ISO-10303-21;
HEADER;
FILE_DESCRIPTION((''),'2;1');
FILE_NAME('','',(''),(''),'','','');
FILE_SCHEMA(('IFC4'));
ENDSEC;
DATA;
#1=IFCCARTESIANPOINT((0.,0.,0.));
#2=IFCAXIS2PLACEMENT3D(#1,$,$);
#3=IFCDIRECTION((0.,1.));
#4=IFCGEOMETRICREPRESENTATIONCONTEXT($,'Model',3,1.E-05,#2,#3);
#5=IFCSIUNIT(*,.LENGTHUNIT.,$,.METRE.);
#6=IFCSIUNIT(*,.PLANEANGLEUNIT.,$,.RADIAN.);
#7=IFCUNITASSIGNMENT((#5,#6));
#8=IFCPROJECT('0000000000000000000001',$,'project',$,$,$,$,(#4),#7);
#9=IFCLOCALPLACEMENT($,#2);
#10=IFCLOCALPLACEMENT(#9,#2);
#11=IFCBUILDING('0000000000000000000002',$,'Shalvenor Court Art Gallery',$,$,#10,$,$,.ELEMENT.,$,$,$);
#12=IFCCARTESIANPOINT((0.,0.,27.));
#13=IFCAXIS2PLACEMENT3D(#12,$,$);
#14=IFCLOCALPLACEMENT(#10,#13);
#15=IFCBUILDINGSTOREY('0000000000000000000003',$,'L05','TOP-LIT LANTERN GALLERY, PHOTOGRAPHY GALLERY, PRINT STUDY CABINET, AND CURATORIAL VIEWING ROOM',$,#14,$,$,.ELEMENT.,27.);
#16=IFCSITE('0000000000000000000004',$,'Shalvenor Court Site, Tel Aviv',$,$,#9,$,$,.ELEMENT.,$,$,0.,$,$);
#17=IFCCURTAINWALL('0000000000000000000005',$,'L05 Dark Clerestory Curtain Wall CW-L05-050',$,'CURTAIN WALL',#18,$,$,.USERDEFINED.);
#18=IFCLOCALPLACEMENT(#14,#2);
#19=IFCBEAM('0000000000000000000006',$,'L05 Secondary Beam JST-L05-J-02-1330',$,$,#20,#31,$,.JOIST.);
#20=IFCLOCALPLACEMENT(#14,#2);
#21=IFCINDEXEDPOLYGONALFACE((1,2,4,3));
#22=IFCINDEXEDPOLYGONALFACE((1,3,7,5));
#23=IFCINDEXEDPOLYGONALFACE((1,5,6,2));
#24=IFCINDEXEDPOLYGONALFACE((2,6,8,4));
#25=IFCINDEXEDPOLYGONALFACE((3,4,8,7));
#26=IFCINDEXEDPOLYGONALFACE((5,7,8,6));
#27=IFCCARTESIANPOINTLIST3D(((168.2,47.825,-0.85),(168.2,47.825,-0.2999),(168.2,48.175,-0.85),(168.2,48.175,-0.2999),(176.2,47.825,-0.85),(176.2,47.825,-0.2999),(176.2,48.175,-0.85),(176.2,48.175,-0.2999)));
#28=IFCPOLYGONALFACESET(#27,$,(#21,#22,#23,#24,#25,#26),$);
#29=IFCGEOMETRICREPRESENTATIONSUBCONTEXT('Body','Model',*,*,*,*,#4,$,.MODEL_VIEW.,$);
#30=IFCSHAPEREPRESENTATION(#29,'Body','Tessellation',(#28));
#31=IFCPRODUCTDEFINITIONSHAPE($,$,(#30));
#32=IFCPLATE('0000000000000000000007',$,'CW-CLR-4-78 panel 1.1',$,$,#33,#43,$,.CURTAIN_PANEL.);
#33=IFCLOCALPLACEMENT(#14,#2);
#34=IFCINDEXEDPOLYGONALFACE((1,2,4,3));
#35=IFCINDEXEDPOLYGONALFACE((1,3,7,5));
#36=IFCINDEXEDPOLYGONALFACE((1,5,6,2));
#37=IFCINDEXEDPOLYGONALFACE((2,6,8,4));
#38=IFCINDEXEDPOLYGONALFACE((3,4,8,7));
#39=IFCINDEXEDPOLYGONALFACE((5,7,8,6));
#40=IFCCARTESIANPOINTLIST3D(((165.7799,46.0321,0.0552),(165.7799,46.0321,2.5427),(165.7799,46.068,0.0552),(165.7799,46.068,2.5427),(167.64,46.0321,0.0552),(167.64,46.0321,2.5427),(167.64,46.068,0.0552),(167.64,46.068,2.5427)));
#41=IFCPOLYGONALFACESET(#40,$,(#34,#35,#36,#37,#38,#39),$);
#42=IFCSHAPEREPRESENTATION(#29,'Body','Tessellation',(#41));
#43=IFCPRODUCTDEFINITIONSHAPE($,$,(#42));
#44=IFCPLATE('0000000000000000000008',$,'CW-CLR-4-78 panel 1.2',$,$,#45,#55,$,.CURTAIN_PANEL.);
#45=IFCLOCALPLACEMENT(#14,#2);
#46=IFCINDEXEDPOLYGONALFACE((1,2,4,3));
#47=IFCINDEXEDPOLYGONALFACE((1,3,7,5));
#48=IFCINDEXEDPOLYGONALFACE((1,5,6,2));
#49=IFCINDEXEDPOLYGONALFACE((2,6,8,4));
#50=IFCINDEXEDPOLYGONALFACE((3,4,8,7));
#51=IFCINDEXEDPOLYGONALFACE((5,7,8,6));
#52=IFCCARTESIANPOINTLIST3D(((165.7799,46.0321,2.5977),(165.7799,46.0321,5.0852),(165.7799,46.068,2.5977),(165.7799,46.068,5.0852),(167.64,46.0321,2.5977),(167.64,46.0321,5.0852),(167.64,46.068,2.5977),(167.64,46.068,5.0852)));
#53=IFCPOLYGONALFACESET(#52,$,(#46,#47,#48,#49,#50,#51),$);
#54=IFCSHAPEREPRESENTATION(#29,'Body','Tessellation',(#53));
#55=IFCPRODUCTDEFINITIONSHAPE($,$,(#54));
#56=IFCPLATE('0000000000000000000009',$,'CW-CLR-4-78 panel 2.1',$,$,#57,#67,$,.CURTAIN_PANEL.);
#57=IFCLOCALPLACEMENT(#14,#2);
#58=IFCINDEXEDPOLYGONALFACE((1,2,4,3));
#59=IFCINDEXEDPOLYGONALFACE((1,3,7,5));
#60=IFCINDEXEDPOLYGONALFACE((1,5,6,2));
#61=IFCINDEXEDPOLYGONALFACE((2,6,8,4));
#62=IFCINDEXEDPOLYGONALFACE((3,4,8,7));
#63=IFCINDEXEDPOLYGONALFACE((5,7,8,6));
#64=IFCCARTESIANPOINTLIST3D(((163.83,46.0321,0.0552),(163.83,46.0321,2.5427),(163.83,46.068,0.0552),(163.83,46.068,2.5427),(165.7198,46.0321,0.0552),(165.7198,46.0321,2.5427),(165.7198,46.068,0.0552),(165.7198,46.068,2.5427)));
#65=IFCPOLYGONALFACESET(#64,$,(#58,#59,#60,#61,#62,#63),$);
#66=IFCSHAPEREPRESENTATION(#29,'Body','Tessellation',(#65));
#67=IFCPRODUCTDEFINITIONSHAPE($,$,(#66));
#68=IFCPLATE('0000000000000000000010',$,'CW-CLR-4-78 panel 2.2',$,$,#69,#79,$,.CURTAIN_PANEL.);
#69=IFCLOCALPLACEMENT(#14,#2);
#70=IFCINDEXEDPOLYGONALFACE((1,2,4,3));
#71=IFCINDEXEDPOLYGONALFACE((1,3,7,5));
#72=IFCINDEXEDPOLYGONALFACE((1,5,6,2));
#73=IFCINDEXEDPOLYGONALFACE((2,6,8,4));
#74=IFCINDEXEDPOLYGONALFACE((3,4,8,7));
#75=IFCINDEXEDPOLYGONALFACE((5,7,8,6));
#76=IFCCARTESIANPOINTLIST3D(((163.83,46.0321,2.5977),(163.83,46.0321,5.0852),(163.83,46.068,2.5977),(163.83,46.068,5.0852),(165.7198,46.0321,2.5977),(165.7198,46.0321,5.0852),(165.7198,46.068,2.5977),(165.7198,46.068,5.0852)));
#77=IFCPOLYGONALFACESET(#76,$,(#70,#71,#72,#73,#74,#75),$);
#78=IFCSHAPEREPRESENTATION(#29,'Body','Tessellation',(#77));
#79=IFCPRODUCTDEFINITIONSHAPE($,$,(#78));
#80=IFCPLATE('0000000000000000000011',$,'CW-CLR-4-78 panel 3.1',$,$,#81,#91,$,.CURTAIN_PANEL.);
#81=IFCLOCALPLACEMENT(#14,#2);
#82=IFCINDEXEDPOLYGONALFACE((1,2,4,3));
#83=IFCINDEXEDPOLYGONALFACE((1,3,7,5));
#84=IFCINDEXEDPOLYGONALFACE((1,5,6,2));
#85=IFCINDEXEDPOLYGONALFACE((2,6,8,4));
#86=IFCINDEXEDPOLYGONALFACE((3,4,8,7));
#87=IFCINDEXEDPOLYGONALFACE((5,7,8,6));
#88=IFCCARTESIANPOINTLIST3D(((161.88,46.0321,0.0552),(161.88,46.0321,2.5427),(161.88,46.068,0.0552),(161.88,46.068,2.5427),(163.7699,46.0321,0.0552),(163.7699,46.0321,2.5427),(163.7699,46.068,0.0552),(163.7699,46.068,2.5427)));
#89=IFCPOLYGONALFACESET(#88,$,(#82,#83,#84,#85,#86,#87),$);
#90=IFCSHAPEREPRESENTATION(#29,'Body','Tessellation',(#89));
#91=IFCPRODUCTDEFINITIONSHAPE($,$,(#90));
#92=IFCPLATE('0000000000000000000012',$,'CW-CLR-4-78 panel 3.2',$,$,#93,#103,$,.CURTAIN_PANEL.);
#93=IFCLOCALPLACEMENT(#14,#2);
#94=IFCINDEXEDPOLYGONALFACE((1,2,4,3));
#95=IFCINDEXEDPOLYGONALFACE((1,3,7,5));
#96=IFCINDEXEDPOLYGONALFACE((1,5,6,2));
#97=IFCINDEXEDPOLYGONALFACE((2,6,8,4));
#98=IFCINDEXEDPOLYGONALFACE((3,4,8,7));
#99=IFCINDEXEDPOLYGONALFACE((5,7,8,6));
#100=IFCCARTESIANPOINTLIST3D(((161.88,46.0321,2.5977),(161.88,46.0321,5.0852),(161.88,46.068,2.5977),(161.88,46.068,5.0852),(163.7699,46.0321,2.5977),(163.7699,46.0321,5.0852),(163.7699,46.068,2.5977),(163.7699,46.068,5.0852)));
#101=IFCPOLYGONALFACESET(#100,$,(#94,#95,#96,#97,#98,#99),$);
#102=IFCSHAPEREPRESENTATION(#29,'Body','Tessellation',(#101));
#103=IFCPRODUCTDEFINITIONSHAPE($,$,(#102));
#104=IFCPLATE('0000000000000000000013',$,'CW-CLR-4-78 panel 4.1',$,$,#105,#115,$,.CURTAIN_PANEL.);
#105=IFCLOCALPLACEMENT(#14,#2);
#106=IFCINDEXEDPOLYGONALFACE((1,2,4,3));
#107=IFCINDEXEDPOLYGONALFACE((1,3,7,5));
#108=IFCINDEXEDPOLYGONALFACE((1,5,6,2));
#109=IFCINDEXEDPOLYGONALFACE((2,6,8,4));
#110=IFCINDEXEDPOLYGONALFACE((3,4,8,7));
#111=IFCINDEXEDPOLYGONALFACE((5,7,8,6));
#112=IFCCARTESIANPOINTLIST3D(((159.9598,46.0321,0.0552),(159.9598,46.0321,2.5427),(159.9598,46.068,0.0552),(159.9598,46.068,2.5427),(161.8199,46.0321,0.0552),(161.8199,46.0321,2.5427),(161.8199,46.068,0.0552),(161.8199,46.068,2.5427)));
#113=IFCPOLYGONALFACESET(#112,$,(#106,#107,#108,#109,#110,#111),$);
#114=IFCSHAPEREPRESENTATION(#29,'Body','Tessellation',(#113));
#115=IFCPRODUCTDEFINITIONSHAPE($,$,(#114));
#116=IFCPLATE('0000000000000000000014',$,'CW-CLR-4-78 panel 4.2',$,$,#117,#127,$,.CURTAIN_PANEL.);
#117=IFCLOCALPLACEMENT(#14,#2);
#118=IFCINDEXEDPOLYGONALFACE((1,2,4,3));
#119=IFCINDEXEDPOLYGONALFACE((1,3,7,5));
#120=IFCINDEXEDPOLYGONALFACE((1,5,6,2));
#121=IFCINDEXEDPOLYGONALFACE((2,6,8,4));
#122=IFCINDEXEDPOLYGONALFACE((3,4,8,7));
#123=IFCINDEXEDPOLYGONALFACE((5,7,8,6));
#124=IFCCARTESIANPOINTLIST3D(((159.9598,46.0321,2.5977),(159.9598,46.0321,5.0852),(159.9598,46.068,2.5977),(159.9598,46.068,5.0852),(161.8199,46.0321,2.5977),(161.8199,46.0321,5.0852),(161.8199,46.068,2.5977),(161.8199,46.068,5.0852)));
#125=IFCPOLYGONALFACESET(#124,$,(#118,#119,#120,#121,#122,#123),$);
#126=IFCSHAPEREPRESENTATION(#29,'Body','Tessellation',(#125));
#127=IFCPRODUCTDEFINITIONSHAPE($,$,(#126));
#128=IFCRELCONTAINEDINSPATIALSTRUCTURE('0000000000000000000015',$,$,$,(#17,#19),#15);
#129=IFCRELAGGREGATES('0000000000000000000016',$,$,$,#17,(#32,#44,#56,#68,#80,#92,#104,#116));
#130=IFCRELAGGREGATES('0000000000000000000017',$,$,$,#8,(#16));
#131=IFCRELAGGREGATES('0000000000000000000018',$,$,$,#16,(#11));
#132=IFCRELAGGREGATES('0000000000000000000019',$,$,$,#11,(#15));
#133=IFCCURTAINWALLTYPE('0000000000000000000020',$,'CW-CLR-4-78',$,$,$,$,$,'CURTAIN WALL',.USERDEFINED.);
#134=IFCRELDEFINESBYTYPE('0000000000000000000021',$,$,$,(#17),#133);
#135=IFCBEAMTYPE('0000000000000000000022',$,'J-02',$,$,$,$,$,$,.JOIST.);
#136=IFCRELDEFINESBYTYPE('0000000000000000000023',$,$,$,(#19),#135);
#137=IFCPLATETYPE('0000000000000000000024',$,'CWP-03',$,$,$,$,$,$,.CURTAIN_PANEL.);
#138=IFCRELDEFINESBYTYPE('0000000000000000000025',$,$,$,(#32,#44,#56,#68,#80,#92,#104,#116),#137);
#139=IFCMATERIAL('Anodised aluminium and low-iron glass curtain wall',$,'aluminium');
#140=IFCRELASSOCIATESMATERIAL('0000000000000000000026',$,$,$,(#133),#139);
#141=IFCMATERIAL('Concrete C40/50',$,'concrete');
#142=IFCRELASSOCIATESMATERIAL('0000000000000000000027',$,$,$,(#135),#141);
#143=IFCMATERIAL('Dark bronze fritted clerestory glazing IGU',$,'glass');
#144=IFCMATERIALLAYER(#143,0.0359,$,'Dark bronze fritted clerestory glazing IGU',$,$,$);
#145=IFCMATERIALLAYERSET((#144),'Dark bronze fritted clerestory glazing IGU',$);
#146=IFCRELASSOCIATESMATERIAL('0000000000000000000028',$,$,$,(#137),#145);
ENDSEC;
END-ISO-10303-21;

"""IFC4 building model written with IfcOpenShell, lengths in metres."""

from ifc_helpers import new_model, si_unit, direction, frame, origin, origin_2d, place, context, subcontext, project, spatial, rectangle, extrude, material, layer, layer_set, material_profile, profile_set, type_object, element, aggregate, save


model = new_model("IFC4")

# Units and contexts
model_context = context("Model", 3, precision=1e-05, world=origin(), true_north=direction((0.0, 1.0)))
body_context = subcontext(model_context, "Body", "Model", "MODEL_VIEW")
ifc_project = project(units=[si_unit("LENGTHUNIT", "METRE"), si_unit("PLANEANGLEUNIT", "RADIAN")], contexts=[model_context])

# Site, building, storey
site_placement = place(None, origin())
site = spatial("IfcSite", under=ifc_project, at=site_placement, Name="Shalvenor Court Site, Tel Aviv", CompositionType="ELEMENT", RefElevation=0.0)
building_placement = place(site_placement, origin())
building = spatial("IfcBuilding", under=site, at=building_placement, Name="Shalvenor Court Art Gallery", CompositionType="ELEMENT")
storey_placement = place(building_placement, frame((0.0, 0.0, 27.0)))
storey = spatial("IfcBuildingStorey", under=building, at=storey_placement, Name="L05", Description="TOP-LIT LANTERN GALLERY, PHOTOGRAPHY GALLERY, PRINT STUDY CABINET, AND CURATORIAL VIEWING ROOM", CompositionType="ELEMENT", Elevation=27.0)

# Curtain wall
ifc_material_1 = material(Name="Anodised aluminium and low-iron glass curtain wall", Category="aluminium")
curtain_wall_type = type_object("IfcCurtainWallType", Name="CW-CLR-4-78", ElementType="CURTAIN WALL", PredefinedType="USERDEFINED", material=ifc_material_1)
curtain_wall_placement = place(storey_placement, origin())
curtain_wall = element("IfcCurtainWall", 1, at=curtain_wall_placement, inside=storey, type_object=curtain_wall_type, Name="L05 Dark Clerestory Curtain Wall CW-L05-050", ObjectType="CURTAIN WALL", PredefinedType="USERDEFINED")

# Beam
ifc_material_2 = material(Name="Concrete C40/50", Category="concrete")
ifc_material_profile_1 = material_profile(ifc_material_2, rectangle(XDim=0.3501, YDim=0.55, at=origin_2d()), Name="RC 350x550")
ifc_profile_set_1 = profile_set([ifc_material_profile_1], Name="Concrete C40/50")
beam_type_1 = type_object("IfcBeamType", Name="J-02", PredefinedType="JOIST", material=ifc_profile_set_1)
for number, where, z_axis, x_axis, name in (
    (2, (168.2, 48.0, -0.575), (1.0, 0.0, 0.0), (0.0, 1.0, 0.0), "L05 Secondary Beam JST-L05-J-02-1330"),
):
    element("IfcBeam", number, at=place(storey_placement, frame(where, z_axis=z_axis, x_axis=x_axis)), inside=storey, type_object=beam_type_1, Name=name, PredefinedType="JOIST", context=body_context, shape_type="SweptSolid", body=[
        extrude(rectangle(XDim=0.3501, YDim=0.55, at=origin_2d()), origin(), (0.0, 0.0, 1.0), 8.0),
    ])

# Plates
ifc_material_3 = material(Name="Dark bronze fritted clerestory glazing IGU", Category="glass")
ifc_layer = layer(ifc_material_3, 0.0359, Name="Dark bronze fritted clerestory glazing IGU")
ifc_layer_set = layer_set([ifc_layer], Name="Dark bronze fritted clerestory glazing IGU")
plate_type = type_object("IfcPlateType", Name="CWP-03", PredefinedType="CURTAIN_PANEL", material=ifc_layer_set)
plate_1_placement = place(storey_placement, frame((166.71, 46.05, 0.0552), z_axis=(0.0, 0.0, 1.0), x_axis=(-1.0, 0.0, 0.0)))
plate_1 = element("IfcPlate", 3, at=plate_1_placement, type_object=plate_type, Name="CW-CLR-4-78 panel 1.1", PredefinedType="CURTAIN_PANEL", context=body_context, shape_type="SweptSolid", body=[
    extrude(rectangle(XDim=1.8601, YDim=0.0359, at=origin_2d()), origin(), (0.0, 0.0, 1.0), 2.4875),
])
plate_2_placement = place(storey_placement, frame((166.71, 46.05, 2.5977), z_axis=(0.0, 0.0, 1.0), x_axis=(-1.0, 0.0, 0.0)))
plate_2 = element("IfcPlate", 4, at=plate_2_placement, type_object=plate_type, Name="CW-CLR-4-78 panel 1.2", PredefinedType="CURTAIN_PANEL", context=body_context, shape_type="SweptSolid", body=[
    extrude(rectangle(XDim=1.8601, YDim=0.0359, at=origin_2d()), origin(), (0.0, 0.0, 1.0), 2.4875),
])
plate_3_placement = place(storey_placement, frame((164.7749, 46.05, 0.0552), z_axis=(0.0, 0.0, 1.0), x_axis=(-1.0, 0.0, 0.0)))
plate_3 = element("IfcPlate", 5, at=plate_3_placement, type_object=plate_type, Name="CW-CLR-4-78 panel 2.1", PredefinedType="CURTAIN_PANEL", context=body_context, shape_type="SweptSolid", body=[
    extrude(rectangle(XDim=1.8899, YDim=0.0359, at=origin_2d()), origin(), (0.0, 0.0, 1.0), 2.4875),
])
plate_4_placement = place(storey_placement, frame((164.7749, 46.05, 2.5977), z_axis=(0.0, 0.0, 1.0), x_axis=(-1.0, 0.0, 0.0)))
plate_4 = element("IfcPlate", 6, at=plate_4_placement, type_object=plate_type, Name="CW-CLR-4-78 panel 2.2", PredefinedType="CURTAIN_PANEL", context=body_context, shape_type="SweptSolid", body=[
    extrude(rectangle(XDim=1.8899, YDim=0.0359, at=origin_2d()), origin(), (0.0, 0.0, 1.0), 2.4875),
])
plate_5_placement = place(storey_placement, frame((162.825, 46.05, 0.0552), z_axis=(0.0, 0.0, 1.0), x_axis=(-1.0, 0.0, 0.0)))
plate_5 = element("IfcPlate", 7, at=plate_5_placement, type_object=plate_type, Name="CW-CLR-4-78 panel 3.1", PredefinedType="CURTAIN_PANEL", context=body_context, shape_type="SweptSolid", body=[
    extrude(rectangle(XDim=1.8899, YDim=0.0359, at=origin_2d()), origin(), (0.0, 0.0, 1.0), 2.4875),
])
plate_6_placement = place(storey_placement, frame((162.825, 46.05, 2.5977), z_axis=(0.0, 0.0, 1.0), x_axis=(-1.0, 0.0, 0.0)))
plate_6 = element("IfcPlate", 8, at=plate_6_placement, type_object=plate_type, Name="CW-CLR-4-78 panel 3.2", PredefinedType="CURTAIN_PANEL", context=body_context, shape_type="SweptSolid", body=[
    extrude(rectangle(XDim=1.8899, YDim=0.0359, at=origin_2d()), origin(), (0.0, 0.0, 1.0), 2.4875),
])
plate_7_placement = place(storey_placement, frame((160.8899, 46.05, 0.0552), z_axis=(0.0, 0.0, 1.0), x_axis=(-1.0, 0.0, 0.0)))
plate_7 = element("IfcPlate", 9, at=plate_7_placement, type_object=plate_type, Name="CW-CLR-4-78 panel 4.1", PredefinedType="CURTAIN_PANEL", context=body_context, shape_type="SweptSolid", body=[
    extrude(rectangle(XDim=1.8601, YDim=0.0359, at=origin_2d()), origin(), (0.0, 0.0, 1.0), 2.4875),
])
plate_8_placement = place(storey_placement, frame((160.8899, 46.05, 2.5977), z_axis=(0.0, 0.0, 1.0), x_axis=(-1.0, 0.0, 0.0)))
plate_8 = element("IfcPlate", 10, at=plate_8_placement, type_object=plate_type, Name="CW-CLR-4-78 panel 4.2", PredefinedType="CURTAIN_PANEL", context=body_context, shape_type="SweptSolid", body=[
    extrude(rectangle(XDim=1.8601, YDim=0.0359, at=origin_2d()), origin(), (0.0, 0.0, 1.0), 2.4875),
])
aggregate(curtain_wall, [plate_1, plate_2, plate_3, plate_4, plate_5, plate_6, plate_7, plate_8])

save(model, "model.ifc")
